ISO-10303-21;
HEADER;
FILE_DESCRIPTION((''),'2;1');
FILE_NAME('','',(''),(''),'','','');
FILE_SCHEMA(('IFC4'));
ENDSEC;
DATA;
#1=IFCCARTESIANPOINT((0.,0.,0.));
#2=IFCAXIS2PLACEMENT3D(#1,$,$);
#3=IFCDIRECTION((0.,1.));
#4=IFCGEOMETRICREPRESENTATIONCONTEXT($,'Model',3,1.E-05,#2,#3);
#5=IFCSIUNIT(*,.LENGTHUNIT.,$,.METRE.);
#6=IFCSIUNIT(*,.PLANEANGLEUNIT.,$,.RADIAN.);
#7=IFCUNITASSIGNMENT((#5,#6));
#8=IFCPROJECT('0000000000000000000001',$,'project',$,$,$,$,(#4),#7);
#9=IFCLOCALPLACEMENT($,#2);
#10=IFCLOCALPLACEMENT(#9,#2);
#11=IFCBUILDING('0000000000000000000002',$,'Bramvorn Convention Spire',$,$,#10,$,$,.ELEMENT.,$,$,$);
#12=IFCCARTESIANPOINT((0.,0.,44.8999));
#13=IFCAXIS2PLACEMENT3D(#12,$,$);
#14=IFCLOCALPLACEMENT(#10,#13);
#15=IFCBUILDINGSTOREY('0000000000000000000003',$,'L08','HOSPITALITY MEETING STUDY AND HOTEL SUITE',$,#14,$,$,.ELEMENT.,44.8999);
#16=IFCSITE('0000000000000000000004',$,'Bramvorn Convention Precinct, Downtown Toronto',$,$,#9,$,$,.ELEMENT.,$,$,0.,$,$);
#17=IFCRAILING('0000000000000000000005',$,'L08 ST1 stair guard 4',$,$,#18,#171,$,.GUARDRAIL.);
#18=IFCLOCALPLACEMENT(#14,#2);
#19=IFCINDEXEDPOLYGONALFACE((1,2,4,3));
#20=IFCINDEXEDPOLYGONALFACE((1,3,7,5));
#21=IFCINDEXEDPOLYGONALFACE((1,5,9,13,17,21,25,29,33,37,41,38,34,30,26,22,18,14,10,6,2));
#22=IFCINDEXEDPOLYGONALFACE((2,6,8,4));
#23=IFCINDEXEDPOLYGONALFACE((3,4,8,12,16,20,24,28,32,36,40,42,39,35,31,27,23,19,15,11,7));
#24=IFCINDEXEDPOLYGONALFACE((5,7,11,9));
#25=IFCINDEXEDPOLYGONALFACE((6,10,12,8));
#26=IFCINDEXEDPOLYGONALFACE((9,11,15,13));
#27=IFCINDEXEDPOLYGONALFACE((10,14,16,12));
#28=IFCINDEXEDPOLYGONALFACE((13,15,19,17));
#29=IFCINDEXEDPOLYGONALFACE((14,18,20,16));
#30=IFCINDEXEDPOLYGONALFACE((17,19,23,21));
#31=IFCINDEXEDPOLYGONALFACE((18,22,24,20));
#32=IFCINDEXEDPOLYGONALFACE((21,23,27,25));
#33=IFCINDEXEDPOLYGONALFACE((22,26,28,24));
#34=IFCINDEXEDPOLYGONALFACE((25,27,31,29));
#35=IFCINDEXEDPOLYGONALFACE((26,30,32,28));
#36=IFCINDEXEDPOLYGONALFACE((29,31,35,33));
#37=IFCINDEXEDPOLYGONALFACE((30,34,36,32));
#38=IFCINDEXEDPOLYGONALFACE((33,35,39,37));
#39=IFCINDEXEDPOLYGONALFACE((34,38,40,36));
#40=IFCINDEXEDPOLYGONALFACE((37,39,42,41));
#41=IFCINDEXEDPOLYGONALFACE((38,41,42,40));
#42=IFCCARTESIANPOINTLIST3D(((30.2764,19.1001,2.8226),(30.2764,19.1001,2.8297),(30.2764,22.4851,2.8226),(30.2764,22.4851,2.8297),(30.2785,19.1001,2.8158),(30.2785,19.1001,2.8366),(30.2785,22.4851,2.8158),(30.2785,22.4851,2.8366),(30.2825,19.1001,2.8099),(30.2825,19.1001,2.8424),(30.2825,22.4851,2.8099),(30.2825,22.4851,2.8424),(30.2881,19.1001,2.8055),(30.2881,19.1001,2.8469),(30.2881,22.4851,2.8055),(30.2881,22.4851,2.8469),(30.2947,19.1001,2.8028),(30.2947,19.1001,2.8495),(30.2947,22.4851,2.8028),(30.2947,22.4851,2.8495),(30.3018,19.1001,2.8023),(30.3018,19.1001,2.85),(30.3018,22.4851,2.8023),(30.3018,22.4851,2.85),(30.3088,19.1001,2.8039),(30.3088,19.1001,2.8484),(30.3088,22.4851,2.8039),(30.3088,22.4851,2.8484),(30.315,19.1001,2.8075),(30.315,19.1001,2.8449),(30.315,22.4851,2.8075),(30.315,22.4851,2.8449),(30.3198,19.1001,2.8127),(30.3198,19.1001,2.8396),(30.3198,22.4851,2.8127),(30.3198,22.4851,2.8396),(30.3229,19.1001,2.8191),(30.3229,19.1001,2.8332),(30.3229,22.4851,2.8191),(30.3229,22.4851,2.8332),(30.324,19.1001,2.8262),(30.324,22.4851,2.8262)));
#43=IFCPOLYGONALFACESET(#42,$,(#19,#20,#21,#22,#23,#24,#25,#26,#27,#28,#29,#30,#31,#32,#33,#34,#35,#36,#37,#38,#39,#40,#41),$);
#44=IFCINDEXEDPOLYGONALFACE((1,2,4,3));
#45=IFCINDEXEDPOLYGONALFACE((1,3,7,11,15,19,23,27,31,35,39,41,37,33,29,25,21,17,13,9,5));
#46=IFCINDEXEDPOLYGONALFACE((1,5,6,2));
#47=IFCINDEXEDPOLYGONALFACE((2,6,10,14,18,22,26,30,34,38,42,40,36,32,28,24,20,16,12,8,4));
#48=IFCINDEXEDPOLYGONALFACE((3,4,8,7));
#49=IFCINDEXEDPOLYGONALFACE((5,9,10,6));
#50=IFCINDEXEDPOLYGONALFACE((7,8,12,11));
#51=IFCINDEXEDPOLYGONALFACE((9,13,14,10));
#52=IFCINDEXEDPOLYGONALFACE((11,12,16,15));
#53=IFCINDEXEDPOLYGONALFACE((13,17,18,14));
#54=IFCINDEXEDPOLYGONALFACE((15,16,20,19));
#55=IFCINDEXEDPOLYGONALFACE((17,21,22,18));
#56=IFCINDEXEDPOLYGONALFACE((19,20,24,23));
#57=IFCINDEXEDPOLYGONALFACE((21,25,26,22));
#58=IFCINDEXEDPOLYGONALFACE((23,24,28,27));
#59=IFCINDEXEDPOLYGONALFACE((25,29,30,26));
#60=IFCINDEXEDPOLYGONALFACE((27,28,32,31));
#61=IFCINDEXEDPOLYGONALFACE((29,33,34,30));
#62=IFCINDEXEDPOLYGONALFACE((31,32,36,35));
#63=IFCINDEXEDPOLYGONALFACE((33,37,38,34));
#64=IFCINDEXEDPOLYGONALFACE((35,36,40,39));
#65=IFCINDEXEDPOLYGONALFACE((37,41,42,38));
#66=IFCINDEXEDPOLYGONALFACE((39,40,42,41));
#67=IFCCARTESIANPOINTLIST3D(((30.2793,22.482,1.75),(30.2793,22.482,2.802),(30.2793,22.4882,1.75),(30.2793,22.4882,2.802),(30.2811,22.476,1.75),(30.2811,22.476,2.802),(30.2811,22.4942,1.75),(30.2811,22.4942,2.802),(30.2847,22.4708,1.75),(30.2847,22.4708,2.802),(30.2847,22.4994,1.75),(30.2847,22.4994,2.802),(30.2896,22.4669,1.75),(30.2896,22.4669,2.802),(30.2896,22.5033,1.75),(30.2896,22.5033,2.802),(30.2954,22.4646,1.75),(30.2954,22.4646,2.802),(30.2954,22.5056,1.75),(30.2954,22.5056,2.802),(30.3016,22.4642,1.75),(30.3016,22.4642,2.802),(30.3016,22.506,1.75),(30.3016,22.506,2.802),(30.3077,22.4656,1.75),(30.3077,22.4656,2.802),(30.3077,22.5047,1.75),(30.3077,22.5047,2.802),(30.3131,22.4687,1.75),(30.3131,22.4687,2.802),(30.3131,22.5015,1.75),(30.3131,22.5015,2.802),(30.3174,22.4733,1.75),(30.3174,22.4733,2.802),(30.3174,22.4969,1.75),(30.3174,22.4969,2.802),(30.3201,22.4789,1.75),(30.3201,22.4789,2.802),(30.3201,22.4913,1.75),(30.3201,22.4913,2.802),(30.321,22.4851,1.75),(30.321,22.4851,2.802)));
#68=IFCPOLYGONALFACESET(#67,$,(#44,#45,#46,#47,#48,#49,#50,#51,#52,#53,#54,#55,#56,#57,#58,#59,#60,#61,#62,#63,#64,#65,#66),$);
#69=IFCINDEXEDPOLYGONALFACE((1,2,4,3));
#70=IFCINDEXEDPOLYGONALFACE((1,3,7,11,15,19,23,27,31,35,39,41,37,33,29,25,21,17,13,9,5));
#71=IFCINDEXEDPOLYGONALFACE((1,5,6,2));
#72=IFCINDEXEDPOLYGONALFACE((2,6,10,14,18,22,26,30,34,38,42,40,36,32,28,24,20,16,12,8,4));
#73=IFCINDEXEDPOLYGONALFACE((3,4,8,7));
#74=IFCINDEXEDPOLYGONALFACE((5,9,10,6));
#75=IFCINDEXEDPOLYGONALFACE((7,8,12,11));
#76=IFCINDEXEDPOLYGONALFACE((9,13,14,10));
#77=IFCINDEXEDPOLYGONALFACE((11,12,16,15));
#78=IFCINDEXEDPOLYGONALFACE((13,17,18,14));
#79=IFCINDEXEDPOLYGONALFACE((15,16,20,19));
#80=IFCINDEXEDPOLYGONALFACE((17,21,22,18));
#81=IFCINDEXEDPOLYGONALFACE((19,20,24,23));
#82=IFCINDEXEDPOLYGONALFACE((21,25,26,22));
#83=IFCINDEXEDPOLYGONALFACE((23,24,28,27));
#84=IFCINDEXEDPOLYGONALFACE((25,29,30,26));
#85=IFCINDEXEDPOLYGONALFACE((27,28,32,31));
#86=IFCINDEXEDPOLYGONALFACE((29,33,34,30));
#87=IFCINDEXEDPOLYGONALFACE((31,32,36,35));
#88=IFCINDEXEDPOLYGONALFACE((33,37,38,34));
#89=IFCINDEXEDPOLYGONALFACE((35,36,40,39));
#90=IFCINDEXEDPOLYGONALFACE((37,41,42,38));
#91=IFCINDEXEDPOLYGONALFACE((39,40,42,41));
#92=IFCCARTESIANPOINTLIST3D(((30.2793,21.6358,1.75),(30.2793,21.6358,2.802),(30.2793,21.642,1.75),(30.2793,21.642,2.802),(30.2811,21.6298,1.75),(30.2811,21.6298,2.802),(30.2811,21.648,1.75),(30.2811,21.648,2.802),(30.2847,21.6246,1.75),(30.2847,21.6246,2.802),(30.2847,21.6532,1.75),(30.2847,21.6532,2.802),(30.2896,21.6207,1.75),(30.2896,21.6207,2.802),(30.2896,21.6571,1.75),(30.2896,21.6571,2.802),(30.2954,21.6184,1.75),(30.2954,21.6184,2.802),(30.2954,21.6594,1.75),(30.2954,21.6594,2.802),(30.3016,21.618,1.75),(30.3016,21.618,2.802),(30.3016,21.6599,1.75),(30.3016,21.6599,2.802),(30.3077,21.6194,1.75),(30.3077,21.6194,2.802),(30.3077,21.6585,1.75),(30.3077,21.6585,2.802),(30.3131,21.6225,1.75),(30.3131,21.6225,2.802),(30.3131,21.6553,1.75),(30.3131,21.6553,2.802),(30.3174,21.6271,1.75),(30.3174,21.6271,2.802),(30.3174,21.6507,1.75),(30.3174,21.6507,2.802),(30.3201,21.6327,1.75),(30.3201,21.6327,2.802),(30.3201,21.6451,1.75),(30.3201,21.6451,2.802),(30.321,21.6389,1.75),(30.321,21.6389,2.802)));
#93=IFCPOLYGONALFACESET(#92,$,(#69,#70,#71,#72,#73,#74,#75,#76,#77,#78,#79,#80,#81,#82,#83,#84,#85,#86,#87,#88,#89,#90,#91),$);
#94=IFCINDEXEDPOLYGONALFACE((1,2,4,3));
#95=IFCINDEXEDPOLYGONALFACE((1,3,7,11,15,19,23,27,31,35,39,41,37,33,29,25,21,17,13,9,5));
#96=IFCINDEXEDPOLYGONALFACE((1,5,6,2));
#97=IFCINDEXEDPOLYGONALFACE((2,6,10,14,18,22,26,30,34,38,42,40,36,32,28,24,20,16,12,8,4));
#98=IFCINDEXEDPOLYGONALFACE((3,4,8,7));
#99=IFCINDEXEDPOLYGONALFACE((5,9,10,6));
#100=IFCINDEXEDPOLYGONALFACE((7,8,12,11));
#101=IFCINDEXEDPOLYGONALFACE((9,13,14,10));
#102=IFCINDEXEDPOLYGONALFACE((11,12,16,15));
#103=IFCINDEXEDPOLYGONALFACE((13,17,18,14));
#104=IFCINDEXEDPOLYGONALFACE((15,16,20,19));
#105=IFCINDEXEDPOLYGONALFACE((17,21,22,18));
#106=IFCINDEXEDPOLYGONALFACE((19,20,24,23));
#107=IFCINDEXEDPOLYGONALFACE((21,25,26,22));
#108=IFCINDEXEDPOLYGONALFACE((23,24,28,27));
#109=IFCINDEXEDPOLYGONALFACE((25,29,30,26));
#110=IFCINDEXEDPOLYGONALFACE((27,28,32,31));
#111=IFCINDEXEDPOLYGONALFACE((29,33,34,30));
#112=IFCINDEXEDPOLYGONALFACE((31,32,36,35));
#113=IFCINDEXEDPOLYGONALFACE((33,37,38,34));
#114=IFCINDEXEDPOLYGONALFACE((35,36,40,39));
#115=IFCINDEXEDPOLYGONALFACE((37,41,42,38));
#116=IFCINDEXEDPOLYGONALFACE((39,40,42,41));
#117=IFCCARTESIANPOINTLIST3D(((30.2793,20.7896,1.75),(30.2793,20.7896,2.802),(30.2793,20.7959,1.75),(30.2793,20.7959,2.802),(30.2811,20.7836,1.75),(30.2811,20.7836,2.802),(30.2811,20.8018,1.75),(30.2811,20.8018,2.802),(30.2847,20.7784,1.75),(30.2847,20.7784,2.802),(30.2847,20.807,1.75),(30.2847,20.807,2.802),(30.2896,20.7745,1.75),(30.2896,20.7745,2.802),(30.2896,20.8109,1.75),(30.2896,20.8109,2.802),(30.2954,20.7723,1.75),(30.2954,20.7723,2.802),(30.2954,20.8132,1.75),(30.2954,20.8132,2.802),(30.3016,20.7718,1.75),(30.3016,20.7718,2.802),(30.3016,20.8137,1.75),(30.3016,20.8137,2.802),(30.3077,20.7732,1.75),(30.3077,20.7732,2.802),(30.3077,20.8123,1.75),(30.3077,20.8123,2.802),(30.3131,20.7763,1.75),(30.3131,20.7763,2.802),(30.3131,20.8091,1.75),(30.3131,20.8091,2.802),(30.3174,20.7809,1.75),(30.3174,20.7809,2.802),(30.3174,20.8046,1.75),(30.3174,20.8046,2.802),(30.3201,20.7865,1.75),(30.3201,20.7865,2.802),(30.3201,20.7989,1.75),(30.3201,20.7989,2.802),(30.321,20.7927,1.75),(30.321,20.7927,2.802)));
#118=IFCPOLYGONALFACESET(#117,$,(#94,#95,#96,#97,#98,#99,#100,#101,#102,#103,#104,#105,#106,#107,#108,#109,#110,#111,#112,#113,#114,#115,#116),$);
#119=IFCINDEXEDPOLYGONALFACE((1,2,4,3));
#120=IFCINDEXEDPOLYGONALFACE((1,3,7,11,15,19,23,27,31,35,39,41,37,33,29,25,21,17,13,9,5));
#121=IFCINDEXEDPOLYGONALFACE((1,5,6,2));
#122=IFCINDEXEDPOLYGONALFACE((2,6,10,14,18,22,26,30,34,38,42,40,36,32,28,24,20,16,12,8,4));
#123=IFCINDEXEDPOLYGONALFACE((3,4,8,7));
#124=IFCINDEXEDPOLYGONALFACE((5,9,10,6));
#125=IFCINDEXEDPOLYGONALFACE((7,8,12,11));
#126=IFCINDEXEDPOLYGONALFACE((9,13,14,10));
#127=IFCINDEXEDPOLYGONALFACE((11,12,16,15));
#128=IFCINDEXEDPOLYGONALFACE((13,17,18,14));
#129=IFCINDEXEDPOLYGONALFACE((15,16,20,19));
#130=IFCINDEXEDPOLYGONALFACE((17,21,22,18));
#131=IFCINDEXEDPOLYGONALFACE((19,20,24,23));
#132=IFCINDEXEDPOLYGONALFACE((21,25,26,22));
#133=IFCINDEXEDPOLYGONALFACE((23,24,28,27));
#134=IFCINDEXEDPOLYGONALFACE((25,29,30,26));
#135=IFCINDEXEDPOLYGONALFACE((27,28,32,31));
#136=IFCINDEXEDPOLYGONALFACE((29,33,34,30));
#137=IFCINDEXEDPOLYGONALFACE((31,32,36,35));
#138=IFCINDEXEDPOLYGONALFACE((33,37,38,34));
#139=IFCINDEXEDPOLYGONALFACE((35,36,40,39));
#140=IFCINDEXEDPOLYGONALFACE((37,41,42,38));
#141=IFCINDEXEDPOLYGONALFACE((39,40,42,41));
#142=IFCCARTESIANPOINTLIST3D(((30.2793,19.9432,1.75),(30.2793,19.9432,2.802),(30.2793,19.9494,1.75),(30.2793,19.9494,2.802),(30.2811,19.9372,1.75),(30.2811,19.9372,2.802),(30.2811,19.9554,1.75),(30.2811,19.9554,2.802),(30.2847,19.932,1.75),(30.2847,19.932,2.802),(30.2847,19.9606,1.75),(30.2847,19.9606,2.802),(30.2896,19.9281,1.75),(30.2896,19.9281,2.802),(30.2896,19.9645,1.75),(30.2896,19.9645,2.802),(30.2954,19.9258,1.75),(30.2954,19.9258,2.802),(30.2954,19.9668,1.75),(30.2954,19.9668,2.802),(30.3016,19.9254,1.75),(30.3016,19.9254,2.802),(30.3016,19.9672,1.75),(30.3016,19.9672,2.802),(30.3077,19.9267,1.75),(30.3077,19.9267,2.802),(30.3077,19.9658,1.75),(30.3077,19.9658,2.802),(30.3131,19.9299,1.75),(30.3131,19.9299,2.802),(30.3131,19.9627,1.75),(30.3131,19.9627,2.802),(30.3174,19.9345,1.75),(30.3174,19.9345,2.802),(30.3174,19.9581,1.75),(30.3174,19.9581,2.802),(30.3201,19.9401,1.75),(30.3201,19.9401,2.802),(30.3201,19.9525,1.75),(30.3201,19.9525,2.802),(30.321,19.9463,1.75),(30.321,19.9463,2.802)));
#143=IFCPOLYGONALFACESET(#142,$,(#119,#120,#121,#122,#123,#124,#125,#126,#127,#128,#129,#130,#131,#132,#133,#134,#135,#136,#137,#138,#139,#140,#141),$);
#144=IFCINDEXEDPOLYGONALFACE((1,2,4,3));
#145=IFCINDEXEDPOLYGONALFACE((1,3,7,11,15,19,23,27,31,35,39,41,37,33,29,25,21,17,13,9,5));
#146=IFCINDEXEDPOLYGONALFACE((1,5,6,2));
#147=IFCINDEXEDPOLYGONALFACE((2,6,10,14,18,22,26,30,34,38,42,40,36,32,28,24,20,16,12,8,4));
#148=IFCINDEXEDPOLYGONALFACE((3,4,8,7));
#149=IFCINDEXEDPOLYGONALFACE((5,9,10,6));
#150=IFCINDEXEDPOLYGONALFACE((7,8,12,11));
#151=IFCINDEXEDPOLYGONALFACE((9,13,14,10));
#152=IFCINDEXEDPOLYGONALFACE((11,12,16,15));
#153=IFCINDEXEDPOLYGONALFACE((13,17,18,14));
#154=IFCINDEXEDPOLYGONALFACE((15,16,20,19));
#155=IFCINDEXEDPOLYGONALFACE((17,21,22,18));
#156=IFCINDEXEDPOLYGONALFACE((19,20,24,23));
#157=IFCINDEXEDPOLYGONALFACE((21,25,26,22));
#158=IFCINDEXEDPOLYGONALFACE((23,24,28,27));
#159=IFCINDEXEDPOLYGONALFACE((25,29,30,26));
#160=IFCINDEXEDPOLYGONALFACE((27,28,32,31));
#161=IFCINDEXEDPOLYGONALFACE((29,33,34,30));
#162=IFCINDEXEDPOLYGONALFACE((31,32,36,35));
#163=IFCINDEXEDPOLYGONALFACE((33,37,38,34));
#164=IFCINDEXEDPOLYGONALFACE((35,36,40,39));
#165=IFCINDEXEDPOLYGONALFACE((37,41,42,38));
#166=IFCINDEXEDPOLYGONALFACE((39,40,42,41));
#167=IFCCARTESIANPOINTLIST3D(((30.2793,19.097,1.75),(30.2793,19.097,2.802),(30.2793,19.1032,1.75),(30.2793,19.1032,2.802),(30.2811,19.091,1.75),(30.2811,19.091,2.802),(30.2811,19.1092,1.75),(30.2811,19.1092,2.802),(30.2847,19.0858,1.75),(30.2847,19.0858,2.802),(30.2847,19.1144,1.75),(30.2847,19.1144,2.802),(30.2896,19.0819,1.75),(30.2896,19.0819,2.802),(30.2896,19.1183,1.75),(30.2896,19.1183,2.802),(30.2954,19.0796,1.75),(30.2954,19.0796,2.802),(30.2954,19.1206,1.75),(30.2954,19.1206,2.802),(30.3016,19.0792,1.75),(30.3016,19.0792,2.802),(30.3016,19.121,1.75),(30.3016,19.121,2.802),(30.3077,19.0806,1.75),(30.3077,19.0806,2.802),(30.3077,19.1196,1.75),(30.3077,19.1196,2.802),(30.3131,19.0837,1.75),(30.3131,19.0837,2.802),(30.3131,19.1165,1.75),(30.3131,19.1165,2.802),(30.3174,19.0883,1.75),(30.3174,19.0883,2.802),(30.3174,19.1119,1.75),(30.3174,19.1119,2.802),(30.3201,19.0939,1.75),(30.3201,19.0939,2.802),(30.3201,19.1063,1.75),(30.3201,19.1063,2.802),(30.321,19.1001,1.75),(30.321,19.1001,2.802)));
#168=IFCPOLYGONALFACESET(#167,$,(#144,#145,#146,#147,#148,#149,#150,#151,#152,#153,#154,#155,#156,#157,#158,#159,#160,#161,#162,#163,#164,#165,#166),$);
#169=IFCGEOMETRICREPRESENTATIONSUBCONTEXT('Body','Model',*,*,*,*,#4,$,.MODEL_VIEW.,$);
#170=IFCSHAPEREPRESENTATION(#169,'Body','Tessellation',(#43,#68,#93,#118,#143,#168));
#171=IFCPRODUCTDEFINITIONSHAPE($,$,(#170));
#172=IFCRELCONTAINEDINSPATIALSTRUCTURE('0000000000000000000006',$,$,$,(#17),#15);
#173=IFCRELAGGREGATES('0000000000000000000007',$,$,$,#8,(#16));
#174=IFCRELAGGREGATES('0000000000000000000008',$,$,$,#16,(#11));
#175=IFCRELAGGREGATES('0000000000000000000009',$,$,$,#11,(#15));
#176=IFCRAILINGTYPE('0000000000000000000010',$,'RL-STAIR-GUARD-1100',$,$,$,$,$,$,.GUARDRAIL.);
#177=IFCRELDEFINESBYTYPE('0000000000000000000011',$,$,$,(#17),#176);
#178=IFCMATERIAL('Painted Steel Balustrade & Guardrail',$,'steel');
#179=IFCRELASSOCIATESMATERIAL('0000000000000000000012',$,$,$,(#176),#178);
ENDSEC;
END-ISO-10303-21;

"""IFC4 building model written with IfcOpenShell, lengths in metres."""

from ifc_helpers import new_model, si_unit, direction, frame, origin, origin_2d, place, context, subcontext, project, spatial, circle, extrude, material, type_object, element, save


model = new_model("IFC4")

# Units and contexts
model_context = context("Model", 3, precision=1e-05, world=origin(), true_north=direction((0.0, 1.0)))
body_context = subcontext(model_context, "Body", "Model", "MODEL_VIEW")
ifc_project = project(units=[si_unit("LENGTHUNIT", "METRE"), si_unit("PLANEANGLEUNIT", "RADIAN")], contexts=[model_context])

# Site, building, storey
site_placement = place(None, origin())
site = spatial("IfcSite", under=ifc_project, at=site_placement, Name="Bramvorn Convention Precinct, Downtown Toronto", CompositionType="ELEMENT", RefElevation=0.0)
building_placement = place(site_placement, origin())
building = spatial("IfcBuilding", under=site, at=building_placement, Name="Bramvorn Convention Spire", CompositionType="ELEMENT")
storey_placement = place(building_placement, frame((0.0, 0.0, 44.8999)))
storey = spatial("IfcBuildingStorey", under=building, at=storey_placement, Name="L08", Description="HOSPITALITY MEETING STUDY AND HOTEL SUITE", CompositionType="ELEMENT", Elevation=44.8999)

# Railing
ifc_material_1 = material(Name="Painted Steel Balustrade & Guardrail", Category="steel")
railing_type_1 = type_object("IfcRailingType", Name="RL-STAIR-GUARD-1100", PredefinedType="GUARDRAIL", material=ifc_material_1)
for number, where, name in (
    (1, (30.3, 22.4851, 1.75), "L08 ST1 stair guard 4"),
):
    element("IfcRailing", number, at=place(storey_placement, frame(where)), inside=storey, type_object=railing_type_1, Name=name, PredefinedType="GUARDRAIL", context=body_context, shape_type="SweptSolid", body=[
        extrude(circle(Radius=0.0239, at=origin_2d()), frame((0.0, 0.0, 1.0762), z_axis=(0.0, -1.0, 0.0), x_axis=(1.0, 0.0, 0.0)), (0.0, 0.0, 1.0), 3.385),
        extrude(circle(Radius=0.021, at=origin_2d()), origin(), (0.0, 0.0, 1.0), 1.052),
        extrude(circle(Radius=0.021, at=origin_2d()), frame((0.0, -0.8462, 0.0)), (0.0, 0.0, 1.0), 1.052),
        extrude(circle(Radius=0.021, at=origin_2d()), frame((0.0, -1.6924, 0.0)), (0.0, 0.0, 1.0), 1.052),
        extrude(circle(Radius=0.021, at=origin_2d()), frame((0.0, -2.5388, 0.0)), (0.0, 0.0, 1.0), 1.052),
        extrude(circle(Radius=0.021, at=origin_2d()), frame((0.0, -3.385, 0.0)), (0.0, 0.0, 1.0), 1.052),
    ])

save(model, "model.ifc")
